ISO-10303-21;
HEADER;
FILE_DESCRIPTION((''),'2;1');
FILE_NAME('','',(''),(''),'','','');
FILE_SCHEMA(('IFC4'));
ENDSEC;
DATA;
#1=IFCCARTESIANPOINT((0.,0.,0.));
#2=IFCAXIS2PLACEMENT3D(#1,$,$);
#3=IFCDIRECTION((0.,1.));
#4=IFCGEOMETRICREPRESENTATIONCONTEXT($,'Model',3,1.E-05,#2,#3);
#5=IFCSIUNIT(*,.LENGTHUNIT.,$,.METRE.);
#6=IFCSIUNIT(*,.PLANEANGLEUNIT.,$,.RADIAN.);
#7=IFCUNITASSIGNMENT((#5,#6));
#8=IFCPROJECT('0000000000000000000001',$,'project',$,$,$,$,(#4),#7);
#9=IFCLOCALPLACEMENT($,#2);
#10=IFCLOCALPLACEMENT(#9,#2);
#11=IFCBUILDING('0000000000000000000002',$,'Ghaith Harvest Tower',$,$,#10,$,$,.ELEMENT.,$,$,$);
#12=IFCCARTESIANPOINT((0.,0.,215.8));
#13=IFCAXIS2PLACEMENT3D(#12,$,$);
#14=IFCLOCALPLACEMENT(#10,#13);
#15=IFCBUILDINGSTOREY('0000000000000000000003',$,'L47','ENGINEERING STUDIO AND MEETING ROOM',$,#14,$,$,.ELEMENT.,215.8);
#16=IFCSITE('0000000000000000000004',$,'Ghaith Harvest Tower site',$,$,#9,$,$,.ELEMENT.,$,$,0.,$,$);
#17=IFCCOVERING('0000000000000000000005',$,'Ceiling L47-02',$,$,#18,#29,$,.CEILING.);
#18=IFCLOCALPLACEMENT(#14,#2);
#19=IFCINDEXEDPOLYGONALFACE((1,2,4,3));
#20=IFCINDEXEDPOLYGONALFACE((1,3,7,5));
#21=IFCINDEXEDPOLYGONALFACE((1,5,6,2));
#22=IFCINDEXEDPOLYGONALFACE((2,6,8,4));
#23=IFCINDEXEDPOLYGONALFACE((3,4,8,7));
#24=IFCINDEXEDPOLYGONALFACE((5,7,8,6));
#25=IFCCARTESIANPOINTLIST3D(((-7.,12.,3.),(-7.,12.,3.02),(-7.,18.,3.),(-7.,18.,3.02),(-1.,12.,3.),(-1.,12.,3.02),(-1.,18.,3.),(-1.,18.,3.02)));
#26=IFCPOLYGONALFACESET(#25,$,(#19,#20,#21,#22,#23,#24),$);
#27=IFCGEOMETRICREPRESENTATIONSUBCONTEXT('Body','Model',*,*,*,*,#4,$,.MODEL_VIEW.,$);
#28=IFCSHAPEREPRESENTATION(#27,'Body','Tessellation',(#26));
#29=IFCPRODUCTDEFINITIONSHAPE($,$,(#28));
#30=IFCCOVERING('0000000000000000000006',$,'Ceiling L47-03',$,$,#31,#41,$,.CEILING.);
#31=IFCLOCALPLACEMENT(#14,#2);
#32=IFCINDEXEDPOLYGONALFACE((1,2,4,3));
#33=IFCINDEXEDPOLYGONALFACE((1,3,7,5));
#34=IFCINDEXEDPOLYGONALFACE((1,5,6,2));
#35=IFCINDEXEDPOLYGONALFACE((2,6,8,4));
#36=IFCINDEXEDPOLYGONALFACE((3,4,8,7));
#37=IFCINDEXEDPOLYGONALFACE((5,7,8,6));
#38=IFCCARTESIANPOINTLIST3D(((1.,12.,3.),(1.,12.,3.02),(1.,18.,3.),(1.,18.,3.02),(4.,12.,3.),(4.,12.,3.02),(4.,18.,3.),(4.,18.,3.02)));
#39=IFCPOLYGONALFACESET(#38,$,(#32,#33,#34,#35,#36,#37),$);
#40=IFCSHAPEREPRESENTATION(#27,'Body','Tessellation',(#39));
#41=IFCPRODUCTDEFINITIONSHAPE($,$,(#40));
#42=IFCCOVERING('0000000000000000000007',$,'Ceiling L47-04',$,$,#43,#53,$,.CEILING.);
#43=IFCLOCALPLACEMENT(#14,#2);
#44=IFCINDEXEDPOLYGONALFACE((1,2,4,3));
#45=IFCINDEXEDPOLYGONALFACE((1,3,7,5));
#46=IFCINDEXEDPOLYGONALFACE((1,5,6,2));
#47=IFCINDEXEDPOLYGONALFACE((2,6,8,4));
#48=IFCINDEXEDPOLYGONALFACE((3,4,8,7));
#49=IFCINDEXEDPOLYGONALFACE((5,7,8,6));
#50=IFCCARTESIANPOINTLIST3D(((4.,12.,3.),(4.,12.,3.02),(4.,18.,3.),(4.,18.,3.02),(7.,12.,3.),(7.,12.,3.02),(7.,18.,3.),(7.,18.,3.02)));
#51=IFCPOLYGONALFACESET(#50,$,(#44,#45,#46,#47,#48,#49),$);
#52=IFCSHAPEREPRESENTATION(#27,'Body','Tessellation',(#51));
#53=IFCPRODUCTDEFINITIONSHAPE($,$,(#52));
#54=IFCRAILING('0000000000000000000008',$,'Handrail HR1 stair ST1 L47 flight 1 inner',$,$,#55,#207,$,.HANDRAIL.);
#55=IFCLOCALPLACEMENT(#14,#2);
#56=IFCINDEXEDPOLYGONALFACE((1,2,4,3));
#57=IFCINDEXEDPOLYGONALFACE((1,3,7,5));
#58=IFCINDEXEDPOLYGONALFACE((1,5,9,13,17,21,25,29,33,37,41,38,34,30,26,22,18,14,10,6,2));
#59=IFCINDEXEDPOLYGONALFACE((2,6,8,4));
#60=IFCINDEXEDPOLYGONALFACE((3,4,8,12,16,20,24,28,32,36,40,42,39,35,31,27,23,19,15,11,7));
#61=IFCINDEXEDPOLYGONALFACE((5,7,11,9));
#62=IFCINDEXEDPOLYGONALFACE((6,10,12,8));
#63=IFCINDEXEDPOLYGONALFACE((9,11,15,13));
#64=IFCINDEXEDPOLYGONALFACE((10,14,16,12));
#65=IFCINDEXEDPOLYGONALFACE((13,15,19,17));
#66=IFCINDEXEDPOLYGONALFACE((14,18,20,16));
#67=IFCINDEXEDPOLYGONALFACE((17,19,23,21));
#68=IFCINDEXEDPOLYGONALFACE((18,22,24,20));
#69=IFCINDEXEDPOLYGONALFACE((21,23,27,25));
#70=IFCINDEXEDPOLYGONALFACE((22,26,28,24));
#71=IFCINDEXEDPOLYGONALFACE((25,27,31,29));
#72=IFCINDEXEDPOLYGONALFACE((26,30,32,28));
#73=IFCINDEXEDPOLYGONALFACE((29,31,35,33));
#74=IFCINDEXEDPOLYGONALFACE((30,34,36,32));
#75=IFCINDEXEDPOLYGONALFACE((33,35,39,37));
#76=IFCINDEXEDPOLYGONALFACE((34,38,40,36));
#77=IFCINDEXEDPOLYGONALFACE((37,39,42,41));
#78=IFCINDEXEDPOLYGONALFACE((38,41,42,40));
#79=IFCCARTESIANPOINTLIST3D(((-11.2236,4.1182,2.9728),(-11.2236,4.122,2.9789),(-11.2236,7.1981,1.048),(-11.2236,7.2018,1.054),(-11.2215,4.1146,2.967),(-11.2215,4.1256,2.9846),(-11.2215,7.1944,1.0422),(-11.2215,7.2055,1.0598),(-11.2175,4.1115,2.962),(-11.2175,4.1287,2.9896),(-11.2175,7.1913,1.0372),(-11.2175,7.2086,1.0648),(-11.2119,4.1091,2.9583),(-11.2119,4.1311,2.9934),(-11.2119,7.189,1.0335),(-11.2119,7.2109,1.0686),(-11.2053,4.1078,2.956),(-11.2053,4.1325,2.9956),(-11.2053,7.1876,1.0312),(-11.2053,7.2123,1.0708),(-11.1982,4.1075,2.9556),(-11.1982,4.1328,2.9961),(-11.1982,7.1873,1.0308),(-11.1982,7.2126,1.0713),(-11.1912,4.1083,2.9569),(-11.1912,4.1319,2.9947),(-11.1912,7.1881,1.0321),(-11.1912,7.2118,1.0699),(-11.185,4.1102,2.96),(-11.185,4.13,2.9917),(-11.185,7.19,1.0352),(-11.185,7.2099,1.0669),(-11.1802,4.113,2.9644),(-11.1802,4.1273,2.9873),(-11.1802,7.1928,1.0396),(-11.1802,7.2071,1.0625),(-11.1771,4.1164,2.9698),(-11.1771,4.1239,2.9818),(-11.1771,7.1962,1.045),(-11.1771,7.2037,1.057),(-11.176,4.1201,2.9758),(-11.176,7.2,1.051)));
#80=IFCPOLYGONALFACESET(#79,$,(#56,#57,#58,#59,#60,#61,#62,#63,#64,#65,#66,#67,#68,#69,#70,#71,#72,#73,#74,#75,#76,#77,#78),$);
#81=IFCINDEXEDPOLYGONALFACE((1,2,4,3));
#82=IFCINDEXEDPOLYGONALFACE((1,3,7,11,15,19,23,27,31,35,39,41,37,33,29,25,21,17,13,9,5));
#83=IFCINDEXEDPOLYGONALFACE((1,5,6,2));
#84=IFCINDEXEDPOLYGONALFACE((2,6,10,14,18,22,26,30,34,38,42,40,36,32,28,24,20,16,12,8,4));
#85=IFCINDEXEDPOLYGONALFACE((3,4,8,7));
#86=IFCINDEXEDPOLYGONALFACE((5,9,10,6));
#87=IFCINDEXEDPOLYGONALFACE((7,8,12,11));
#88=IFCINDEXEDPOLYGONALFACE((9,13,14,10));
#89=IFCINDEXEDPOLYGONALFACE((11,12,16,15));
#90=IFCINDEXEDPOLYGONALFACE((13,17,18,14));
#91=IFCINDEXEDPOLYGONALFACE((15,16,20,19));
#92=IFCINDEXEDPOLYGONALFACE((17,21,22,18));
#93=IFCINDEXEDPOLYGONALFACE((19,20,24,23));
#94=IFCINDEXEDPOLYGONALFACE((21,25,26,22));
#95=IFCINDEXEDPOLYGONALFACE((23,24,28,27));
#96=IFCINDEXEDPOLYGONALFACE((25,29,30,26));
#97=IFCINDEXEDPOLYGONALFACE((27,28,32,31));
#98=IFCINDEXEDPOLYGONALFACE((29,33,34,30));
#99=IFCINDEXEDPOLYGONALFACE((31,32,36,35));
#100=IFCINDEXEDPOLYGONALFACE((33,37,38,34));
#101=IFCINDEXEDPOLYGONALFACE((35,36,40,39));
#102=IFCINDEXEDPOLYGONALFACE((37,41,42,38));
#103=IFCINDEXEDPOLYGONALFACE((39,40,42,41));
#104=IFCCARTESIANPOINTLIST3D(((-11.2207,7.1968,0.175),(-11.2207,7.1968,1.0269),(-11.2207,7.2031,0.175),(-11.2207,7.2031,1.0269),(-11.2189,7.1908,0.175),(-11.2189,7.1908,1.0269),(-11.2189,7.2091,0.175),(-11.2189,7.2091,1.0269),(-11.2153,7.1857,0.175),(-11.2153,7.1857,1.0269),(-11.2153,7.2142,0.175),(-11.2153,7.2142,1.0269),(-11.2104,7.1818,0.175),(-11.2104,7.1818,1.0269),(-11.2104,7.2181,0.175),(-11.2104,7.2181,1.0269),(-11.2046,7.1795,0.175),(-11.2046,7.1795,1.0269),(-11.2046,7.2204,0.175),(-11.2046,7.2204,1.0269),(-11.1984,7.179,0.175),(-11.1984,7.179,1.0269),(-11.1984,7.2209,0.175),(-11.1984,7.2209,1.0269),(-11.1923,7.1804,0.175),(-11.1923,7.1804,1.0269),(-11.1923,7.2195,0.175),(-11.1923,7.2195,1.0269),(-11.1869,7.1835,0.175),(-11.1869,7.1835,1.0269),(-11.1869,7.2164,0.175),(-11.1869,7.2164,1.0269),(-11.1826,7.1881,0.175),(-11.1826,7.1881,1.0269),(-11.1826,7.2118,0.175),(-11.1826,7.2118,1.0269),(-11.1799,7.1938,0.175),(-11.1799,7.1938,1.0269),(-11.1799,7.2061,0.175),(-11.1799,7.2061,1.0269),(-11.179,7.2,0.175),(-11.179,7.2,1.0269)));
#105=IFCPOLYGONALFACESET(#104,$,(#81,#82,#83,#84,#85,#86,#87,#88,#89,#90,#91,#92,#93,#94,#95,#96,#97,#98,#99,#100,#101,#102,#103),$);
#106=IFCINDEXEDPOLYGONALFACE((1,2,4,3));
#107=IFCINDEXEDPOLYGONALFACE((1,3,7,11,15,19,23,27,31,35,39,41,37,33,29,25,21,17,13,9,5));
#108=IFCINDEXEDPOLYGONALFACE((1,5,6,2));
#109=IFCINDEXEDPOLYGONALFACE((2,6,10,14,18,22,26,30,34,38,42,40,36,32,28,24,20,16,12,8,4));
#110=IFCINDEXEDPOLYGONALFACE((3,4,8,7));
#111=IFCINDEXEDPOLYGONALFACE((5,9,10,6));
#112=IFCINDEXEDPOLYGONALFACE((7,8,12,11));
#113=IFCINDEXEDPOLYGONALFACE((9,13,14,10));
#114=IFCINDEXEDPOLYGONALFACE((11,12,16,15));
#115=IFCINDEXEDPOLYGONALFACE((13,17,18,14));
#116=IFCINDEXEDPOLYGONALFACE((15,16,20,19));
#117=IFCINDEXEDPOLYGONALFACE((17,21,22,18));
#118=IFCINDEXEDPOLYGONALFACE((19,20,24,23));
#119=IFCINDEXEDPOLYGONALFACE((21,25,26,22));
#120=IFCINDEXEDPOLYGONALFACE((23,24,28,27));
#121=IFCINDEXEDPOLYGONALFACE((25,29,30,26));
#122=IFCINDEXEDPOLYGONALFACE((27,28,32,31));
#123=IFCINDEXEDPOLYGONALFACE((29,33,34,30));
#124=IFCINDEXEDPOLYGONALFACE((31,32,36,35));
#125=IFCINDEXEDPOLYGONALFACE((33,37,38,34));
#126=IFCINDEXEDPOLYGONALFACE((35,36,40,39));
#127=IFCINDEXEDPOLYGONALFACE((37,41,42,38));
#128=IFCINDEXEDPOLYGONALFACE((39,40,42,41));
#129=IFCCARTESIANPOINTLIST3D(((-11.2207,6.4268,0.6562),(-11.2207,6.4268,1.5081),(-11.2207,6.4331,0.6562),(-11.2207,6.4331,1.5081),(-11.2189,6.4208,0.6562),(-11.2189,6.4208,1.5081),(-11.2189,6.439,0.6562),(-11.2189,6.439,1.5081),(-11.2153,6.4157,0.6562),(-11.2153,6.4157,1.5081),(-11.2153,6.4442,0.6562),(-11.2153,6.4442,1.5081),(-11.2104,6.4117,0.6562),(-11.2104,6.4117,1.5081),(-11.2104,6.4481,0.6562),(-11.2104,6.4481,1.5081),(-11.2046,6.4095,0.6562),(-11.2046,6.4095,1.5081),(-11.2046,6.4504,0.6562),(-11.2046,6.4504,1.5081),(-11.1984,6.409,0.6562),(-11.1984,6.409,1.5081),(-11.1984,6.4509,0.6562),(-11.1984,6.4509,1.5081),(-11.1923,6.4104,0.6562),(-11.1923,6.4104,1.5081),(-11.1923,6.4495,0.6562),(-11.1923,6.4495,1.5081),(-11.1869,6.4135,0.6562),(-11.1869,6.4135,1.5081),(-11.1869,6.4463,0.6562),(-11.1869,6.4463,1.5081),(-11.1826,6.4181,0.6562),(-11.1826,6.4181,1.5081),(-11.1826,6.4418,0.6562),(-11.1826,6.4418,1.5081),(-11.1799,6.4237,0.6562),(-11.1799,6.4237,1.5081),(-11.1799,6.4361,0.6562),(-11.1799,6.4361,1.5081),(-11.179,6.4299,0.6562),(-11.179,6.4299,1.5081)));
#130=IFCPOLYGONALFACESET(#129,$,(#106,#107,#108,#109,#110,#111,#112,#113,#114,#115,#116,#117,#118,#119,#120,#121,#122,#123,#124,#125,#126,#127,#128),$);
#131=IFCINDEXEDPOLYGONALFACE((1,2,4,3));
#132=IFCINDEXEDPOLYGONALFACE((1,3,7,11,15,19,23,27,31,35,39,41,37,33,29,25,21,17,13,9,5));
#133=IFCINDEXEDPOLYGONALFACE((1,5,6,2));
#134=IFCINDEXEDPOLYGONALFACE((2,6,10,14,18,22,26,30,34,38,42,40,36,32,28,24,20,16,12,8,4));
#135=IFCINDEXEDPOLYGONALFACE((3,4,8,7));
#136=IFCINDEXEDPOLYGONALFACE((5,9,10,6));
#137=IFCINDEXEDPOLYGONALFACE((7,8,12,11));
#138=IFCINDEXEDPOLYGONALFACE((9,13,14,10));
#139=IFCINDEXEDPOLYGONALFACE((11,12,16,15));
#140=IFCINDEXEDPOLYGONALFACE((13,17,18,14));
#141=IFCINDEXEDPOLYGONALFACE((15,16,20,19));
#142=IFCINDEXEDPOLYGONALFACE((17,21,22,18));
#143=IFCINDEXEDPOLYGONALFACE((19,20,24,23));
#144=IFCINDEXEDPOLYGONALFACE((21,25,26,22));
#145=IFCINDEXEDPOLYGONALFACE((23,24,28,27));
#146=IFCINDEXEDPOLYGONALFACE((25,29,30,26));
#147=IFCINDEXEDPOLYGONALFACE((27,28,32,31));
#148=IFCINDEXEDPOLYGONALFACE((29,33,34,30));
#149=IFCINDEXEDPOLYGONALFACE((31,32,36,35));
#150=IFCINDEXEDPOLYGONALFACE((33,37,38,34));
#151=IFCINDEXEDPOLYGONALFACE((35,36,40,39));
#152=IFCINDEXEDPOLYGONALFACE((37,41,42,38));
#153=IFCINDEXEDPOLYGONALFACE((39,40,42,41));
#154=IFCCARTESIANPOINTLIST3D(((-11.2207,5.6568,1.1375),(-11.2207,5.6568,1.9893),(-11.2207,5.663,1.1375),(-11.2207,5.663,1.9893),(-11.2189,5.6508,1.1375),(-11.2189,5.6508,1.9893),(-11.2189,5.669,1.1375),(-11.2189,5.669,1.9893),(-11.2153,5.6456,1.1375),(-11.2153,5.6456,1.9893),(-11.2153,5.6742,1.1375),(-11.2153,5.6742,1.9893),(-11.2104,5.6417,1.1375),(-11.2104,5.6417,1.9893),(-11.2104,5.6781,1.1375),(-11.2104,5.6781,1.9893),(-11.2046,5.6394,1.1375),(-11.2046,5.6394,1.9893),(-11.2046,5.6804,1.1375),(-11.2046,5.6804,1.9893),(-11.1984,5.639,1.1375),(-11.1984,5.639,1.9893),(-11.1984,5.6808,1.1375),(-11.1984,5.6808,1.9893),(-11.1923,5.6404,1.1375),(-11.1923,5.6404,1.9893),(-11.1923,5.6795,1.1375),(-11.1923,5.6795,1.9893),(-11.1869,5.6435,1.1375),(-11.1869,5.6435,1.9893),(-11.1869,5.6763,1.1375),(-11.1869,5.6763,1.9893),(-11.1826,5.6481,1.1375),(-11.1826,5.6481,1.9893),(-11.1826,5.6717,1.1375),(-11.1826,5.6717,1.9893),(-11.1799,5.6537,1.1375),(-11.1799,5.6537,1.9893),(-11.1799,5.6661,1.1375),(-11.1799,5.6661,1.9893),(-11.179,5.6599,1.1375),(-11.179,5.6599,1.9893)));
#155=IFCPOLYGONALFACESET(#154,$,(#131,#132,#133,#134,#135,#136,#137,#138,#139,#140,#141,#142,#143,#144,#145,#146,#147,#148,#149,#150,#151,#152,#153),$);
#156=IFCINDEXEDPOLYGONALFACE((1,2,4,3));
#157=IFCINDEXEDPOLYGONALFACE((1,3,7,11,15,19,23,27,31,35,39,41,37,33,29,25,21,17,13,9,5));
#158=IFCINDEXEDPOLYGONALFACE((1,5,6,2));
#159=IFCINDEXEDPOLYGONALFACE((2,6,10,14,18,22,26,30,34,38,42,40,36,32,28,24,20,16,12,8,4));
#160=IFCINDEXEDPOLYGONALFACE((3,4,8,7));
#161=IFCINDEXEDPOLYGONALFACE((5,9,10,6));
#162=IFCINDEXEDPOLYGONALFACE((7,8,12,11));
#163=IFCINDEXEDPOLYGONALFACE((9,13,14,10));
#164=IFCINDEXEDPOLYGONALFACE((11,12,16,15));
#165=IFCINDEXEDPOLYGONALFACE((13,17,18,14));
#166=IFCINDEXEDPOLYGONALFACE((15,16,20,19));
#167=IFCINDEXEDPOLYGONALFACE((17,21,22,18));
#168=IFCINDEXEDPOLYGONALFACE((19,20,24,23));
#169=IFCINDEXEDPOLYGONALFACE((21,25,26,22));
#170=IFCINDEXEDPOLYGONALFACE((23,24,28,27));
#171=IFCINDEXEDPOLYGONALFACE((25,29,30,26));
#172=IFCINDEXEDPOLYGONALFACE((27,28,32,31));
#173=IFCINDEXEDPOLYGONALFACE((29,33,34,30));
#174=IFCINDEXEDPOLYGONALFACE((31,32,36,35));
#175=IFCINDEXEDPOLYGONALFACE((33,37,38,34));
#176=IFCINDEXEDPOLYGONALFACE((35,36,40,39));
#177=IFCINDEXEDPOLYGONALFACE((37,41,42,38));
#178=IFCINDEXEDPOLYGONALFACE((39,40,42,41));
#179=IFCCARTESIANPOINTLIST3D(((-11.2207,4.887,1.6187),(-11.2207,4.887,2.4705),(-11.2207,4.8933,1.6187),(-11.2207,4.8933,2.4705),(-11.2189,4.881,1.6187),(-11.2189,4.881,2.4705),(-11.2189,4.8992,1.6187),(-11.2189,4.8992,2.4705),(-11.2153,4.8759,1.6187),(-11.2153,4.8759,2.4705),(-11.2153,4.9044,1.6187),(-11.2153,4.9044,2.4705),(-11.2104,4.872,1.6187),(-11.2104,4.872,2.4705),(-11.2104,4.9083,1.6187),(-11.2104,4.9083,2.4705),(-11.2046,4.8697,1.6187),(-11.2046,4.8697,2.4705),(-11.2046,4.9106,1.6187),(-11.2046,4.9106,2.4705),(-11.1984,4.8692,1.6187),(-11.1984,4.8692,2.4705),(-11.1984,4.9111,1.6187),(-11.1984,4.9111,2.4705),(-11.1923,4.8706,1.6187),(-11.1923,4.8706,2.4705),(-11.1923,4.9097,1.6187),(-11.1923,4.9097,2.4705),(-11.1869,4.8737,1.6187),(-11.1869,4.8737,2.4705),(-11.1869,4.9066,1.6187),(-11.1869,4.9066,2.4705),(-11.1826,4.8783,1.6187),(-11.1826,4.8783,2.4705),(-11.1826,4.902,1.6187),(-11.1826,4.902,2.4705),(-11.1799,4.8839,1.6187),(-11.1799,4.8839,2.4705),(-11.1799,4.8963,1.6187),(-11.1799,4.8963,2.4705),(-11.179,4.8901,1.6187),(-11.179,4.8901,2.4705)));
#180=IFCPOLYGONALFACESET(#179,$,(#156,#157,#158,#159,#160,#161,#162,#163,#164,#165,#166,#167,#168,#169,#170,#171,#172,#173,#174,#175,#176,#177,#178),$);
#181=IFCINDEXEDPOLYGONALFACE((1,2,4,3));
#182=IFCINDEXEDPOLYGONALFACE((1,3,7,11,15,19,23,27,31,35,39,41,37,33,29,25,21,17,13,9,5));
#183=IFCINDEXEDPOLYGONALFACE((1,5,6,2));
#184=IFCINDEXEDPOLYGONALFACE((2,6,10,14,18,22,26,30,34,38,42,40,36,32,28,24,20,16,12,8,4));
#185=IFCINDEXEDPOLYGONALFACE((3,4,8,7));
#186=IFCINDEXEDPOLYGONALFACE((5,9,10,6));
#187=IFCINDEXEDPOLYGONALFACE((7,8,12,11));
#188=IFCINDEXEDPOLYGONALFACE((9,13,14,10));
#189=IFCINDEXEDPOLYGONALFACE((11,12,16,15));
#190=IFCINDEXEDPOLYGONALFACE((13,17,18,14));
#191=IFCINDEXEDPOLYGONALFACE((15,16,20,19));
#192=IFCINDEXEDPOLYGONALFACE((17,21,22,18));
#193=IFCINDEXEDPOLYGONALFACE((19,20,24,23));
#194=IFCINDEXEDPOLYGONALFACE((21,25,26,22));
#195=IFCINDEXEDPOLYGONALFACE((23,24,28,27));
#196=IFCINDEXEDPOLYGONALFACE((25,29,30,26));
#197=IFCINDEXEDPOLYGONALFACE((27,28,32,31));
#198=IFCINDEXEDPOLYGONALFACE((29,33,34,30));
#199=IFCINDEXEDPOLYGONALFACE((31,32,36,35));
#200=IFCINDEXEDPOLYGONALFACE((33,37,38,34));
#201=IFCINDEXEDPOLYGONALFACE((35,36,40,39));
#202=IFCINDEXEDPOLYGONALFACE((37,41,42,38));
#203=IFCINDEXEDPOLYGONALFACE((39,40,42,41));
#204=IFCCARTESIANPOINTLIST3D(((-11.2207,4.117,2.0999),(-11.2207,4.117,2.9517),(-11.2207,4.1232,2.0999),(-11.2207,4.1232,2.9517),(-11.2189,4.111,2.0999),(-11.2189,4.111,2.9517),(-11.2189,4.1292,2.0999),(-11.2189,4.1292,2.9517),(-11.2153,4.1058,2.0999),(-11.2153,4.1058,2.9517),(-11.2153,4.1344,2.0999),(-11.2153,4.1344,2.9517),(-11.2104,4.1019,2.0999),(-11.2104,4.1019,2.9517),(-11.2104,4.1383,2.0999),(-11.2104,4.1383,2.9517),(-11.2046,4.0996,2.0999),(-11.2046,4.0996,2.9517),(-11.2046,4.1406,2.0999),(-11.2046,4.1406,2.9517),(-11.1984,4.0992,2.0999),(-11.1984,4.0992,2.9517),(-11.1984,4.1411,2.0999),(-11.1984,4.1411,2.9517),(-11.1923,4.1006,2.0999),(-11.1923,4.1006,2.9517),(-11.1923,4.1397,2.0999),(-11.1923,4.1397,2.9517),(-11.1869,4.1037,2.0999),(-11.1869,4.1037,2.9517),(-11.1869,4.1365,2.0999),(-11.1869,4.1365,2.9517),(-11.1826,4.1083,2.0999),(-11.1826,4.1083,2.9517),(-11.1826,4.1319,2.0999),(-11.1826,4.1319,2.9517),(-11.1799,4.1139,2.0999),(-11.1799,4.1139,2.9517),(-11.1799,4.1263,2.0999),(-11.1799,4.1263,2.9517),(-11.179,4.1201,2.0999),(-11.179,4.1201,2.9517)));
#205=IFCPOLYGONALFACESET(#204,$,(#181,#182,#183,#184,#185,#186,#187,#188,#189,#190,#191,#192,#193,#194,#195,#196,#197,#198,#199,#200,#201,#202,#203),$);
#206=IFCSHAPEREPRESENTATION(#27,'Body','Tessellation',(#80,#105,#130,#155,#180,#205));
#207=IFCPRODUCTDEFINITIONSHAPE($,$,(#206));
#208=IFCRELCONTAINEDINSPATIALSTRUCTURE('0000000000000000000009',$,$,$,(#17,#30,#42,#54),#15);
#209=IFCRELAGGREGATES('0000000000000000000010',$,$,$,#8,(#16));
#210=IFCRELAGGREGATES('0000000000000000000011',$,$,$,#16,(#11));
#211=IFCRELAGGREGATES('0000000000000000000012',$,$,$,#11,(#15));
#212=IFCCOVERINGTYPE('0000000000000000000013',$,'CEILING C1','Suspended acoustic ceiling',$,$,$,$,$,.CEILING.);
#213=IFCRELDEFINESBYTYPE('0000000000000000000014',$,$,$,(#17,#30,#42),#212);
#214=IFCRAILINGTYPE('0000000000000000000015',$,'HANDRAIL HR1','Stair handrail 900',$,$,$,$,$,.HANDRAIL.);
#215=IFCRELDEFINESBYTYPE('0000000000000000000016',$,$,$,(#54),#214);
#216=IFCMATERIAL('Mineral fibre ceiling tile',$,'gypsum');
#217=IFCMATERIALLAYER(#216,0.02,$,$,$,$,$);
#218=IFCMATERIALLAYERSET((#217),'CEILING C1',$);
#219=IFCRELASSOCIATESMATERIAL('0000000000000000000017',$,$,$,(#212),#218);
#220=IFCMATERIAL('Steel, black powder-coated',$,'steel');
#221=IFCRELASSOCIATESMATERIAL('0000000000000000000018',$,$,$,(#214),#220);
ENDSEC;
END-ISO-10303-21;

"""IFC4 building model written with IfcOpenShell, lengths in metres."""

from ifc_helpers import new_model, si_unit, direction, frame, origin, origin_2d, place, context, subcontext, project, spatial, polyline, circle, outline, extrude, material, layer, layer_set, type_object, element, save


model = new_model("IFC4")

# Units and contexts
model_context = context("Model", 3, precision=1e-05, world=origin(), true_north=direction((0.0, 1.0)))
body_context = subcontext(model_context, "Body", "Model", "MODEL_VIEW")
ifc_project = project(units=[si_unit("LENGTHUNIT", "METRE"), si_unit("PLANEANGLEUNIT", "RADIAN")], contexts=[model_context])

# Site, building, storey
site_placement = place(None, origin())
site = spatial("IfcSite", under=ifc_project, at=site_placement, Name="Ghaith Harvest Tower site", CompositionType="ELEMENT", RefElevation=0.0)
building_placement = place(site_placement, origin())
building = spatial("IfcBuilding", under=site, at=building_placement, Name="Ghaith Harvest Tower", CompositionType="ELEMENT")
storey_placement = place(building_placement, frame((0.0, 0.0, 215.8)))
storey = spatial("IfcBuildingStorey", under=building, at=storey_placement, Name="L47", Description="ENGINEERING STUDIO AND MEETING ROOM", CompositionType="ELEMENT", Elevation=215.8)

# Coverings
ifc_material_1 = material(Name="Mineral fibre ceiling tile", Category="gypsum")
ifc_layer_1 = layer(ifc_material_1, 0.02)
ifc_layer_set_1 = layer_set([ifc_layer_1], Name="CEILING C1")
covering_type = type_object("IfcCoveringType", Name="CEILING C1", Description="Suspended acoustic ceiling", PredefinedType="CEILING", material=ifc_layer_set_1)
covering_1_placement = place(storey_placement, frame((0.0, 0.0, 3.0)))
element("IfcCovering", 1, at=covering_1_placement, inside=storey, type_object=covering_type, Name="Ceiling L47-02", PredefinedType="CEILING", context=body_context, shape_type="SweptSolid", body=[
    extrude(outline(polyline([(-7.0, 12.0), (-1.0, 12.0), (-1.0, 18.0), (-7.0, 18.0), (-7.0, 12.0)])), origin(), (0.0, 0.0, 1.0), 0.02),
])
covering_2_placement = place(storey_placement, frame((0.0, 0.0, 3.0)))
element("IfcCovering", 2, at=covering_2_placement, inside=storey, type_object=covering_type, Name="Ceiling L47-03", PredefinedType="CEILING", context=body_context, shape_type="SweptSolid", body=[
    extrude(outline(polyline([(1.0, 12.0), (4.0, 12.0), (4.0, 18.0), (1.0, 18.0), (1.0, 12.0)])), origin(), (0.0, 0.0, 1.0), 0.02),
])
covering_3_placement = place(storey_placement, frame((0.0, 0.0, 3.0)))
element("IfcCovering", 3, at=covering_3_placement, inside=storey, type_object=covering_type, Name="Ceiling L47-04", PredefinedType="CEILING", context=body_context, shape_type="SweptSolid", body=[
    extrude(outline(polyline([(4.0, 12.0), (7.0, 12.0), (7.0, 18.0), (4.0, 18.0), (4.0, 12.0)])), origin(), (0.0, 0.0, 1.0), 0.02),
])

# Railing
ifc_material_2 = material(Name="Steel, black powder-coated", Category="steel")
railing_type = type_object("IfcRailingType", Name="HANDRAIL HR1", Description="Stair handrail 900", PredefinedType="HANDRAIL", material=ifc_material_2)
railing_1_placement = place(storey_placement, frame((-11.2, 7.2, 0.175)))
element("IfcRailing", 4, at=railing_1_placement, inside=storey, type_object=railing_type, Name="Handrail HR1 stair ST1 L47 flight 1 inner", PredefinedType="HANDRAIL", context=body_context, shape_type="SweptSolid", body=[
    extrude(circle(Radius=0.0239, at=origin_2d()), frame((0.0, 0.0, 0.876), z_axis=(0.0, -0.84801, 0.529981), x_axis=(1.0, 0.0, 0.0)), (0.0, 0.0, 1.0), 3.6318),
    extrude(circle(Radius=0.021, at=origin_2d()), origin(), (0.0, 0.0, 1.0), 0.8518),
    extrude(circle(Radius=0.021, at=origin_2d()), frame((0.0, -0.77, 0.4812)), (0.0, 0.0, 1.0), 0.8518),
    extrude(circle(Radius=0.021, at=origin_2d()), frame((0.0, -1.54, 0.9624)), (0.0, 0.0, 1.0), 0.8518),
    extrude(circle(Radius=0.021, at=origin_2d()), frame((0.0, -2.3098, 1.4436)), (0.0, 0.0, 1.0), 0.8518),
    extrude(circle(Radius=0.021, at=origin_2d()), frame((0.0, -3.0798, 1.9248)), (0.0, 0.0, 1.0), 0.8518),
])

save(model, "model.ifc")
